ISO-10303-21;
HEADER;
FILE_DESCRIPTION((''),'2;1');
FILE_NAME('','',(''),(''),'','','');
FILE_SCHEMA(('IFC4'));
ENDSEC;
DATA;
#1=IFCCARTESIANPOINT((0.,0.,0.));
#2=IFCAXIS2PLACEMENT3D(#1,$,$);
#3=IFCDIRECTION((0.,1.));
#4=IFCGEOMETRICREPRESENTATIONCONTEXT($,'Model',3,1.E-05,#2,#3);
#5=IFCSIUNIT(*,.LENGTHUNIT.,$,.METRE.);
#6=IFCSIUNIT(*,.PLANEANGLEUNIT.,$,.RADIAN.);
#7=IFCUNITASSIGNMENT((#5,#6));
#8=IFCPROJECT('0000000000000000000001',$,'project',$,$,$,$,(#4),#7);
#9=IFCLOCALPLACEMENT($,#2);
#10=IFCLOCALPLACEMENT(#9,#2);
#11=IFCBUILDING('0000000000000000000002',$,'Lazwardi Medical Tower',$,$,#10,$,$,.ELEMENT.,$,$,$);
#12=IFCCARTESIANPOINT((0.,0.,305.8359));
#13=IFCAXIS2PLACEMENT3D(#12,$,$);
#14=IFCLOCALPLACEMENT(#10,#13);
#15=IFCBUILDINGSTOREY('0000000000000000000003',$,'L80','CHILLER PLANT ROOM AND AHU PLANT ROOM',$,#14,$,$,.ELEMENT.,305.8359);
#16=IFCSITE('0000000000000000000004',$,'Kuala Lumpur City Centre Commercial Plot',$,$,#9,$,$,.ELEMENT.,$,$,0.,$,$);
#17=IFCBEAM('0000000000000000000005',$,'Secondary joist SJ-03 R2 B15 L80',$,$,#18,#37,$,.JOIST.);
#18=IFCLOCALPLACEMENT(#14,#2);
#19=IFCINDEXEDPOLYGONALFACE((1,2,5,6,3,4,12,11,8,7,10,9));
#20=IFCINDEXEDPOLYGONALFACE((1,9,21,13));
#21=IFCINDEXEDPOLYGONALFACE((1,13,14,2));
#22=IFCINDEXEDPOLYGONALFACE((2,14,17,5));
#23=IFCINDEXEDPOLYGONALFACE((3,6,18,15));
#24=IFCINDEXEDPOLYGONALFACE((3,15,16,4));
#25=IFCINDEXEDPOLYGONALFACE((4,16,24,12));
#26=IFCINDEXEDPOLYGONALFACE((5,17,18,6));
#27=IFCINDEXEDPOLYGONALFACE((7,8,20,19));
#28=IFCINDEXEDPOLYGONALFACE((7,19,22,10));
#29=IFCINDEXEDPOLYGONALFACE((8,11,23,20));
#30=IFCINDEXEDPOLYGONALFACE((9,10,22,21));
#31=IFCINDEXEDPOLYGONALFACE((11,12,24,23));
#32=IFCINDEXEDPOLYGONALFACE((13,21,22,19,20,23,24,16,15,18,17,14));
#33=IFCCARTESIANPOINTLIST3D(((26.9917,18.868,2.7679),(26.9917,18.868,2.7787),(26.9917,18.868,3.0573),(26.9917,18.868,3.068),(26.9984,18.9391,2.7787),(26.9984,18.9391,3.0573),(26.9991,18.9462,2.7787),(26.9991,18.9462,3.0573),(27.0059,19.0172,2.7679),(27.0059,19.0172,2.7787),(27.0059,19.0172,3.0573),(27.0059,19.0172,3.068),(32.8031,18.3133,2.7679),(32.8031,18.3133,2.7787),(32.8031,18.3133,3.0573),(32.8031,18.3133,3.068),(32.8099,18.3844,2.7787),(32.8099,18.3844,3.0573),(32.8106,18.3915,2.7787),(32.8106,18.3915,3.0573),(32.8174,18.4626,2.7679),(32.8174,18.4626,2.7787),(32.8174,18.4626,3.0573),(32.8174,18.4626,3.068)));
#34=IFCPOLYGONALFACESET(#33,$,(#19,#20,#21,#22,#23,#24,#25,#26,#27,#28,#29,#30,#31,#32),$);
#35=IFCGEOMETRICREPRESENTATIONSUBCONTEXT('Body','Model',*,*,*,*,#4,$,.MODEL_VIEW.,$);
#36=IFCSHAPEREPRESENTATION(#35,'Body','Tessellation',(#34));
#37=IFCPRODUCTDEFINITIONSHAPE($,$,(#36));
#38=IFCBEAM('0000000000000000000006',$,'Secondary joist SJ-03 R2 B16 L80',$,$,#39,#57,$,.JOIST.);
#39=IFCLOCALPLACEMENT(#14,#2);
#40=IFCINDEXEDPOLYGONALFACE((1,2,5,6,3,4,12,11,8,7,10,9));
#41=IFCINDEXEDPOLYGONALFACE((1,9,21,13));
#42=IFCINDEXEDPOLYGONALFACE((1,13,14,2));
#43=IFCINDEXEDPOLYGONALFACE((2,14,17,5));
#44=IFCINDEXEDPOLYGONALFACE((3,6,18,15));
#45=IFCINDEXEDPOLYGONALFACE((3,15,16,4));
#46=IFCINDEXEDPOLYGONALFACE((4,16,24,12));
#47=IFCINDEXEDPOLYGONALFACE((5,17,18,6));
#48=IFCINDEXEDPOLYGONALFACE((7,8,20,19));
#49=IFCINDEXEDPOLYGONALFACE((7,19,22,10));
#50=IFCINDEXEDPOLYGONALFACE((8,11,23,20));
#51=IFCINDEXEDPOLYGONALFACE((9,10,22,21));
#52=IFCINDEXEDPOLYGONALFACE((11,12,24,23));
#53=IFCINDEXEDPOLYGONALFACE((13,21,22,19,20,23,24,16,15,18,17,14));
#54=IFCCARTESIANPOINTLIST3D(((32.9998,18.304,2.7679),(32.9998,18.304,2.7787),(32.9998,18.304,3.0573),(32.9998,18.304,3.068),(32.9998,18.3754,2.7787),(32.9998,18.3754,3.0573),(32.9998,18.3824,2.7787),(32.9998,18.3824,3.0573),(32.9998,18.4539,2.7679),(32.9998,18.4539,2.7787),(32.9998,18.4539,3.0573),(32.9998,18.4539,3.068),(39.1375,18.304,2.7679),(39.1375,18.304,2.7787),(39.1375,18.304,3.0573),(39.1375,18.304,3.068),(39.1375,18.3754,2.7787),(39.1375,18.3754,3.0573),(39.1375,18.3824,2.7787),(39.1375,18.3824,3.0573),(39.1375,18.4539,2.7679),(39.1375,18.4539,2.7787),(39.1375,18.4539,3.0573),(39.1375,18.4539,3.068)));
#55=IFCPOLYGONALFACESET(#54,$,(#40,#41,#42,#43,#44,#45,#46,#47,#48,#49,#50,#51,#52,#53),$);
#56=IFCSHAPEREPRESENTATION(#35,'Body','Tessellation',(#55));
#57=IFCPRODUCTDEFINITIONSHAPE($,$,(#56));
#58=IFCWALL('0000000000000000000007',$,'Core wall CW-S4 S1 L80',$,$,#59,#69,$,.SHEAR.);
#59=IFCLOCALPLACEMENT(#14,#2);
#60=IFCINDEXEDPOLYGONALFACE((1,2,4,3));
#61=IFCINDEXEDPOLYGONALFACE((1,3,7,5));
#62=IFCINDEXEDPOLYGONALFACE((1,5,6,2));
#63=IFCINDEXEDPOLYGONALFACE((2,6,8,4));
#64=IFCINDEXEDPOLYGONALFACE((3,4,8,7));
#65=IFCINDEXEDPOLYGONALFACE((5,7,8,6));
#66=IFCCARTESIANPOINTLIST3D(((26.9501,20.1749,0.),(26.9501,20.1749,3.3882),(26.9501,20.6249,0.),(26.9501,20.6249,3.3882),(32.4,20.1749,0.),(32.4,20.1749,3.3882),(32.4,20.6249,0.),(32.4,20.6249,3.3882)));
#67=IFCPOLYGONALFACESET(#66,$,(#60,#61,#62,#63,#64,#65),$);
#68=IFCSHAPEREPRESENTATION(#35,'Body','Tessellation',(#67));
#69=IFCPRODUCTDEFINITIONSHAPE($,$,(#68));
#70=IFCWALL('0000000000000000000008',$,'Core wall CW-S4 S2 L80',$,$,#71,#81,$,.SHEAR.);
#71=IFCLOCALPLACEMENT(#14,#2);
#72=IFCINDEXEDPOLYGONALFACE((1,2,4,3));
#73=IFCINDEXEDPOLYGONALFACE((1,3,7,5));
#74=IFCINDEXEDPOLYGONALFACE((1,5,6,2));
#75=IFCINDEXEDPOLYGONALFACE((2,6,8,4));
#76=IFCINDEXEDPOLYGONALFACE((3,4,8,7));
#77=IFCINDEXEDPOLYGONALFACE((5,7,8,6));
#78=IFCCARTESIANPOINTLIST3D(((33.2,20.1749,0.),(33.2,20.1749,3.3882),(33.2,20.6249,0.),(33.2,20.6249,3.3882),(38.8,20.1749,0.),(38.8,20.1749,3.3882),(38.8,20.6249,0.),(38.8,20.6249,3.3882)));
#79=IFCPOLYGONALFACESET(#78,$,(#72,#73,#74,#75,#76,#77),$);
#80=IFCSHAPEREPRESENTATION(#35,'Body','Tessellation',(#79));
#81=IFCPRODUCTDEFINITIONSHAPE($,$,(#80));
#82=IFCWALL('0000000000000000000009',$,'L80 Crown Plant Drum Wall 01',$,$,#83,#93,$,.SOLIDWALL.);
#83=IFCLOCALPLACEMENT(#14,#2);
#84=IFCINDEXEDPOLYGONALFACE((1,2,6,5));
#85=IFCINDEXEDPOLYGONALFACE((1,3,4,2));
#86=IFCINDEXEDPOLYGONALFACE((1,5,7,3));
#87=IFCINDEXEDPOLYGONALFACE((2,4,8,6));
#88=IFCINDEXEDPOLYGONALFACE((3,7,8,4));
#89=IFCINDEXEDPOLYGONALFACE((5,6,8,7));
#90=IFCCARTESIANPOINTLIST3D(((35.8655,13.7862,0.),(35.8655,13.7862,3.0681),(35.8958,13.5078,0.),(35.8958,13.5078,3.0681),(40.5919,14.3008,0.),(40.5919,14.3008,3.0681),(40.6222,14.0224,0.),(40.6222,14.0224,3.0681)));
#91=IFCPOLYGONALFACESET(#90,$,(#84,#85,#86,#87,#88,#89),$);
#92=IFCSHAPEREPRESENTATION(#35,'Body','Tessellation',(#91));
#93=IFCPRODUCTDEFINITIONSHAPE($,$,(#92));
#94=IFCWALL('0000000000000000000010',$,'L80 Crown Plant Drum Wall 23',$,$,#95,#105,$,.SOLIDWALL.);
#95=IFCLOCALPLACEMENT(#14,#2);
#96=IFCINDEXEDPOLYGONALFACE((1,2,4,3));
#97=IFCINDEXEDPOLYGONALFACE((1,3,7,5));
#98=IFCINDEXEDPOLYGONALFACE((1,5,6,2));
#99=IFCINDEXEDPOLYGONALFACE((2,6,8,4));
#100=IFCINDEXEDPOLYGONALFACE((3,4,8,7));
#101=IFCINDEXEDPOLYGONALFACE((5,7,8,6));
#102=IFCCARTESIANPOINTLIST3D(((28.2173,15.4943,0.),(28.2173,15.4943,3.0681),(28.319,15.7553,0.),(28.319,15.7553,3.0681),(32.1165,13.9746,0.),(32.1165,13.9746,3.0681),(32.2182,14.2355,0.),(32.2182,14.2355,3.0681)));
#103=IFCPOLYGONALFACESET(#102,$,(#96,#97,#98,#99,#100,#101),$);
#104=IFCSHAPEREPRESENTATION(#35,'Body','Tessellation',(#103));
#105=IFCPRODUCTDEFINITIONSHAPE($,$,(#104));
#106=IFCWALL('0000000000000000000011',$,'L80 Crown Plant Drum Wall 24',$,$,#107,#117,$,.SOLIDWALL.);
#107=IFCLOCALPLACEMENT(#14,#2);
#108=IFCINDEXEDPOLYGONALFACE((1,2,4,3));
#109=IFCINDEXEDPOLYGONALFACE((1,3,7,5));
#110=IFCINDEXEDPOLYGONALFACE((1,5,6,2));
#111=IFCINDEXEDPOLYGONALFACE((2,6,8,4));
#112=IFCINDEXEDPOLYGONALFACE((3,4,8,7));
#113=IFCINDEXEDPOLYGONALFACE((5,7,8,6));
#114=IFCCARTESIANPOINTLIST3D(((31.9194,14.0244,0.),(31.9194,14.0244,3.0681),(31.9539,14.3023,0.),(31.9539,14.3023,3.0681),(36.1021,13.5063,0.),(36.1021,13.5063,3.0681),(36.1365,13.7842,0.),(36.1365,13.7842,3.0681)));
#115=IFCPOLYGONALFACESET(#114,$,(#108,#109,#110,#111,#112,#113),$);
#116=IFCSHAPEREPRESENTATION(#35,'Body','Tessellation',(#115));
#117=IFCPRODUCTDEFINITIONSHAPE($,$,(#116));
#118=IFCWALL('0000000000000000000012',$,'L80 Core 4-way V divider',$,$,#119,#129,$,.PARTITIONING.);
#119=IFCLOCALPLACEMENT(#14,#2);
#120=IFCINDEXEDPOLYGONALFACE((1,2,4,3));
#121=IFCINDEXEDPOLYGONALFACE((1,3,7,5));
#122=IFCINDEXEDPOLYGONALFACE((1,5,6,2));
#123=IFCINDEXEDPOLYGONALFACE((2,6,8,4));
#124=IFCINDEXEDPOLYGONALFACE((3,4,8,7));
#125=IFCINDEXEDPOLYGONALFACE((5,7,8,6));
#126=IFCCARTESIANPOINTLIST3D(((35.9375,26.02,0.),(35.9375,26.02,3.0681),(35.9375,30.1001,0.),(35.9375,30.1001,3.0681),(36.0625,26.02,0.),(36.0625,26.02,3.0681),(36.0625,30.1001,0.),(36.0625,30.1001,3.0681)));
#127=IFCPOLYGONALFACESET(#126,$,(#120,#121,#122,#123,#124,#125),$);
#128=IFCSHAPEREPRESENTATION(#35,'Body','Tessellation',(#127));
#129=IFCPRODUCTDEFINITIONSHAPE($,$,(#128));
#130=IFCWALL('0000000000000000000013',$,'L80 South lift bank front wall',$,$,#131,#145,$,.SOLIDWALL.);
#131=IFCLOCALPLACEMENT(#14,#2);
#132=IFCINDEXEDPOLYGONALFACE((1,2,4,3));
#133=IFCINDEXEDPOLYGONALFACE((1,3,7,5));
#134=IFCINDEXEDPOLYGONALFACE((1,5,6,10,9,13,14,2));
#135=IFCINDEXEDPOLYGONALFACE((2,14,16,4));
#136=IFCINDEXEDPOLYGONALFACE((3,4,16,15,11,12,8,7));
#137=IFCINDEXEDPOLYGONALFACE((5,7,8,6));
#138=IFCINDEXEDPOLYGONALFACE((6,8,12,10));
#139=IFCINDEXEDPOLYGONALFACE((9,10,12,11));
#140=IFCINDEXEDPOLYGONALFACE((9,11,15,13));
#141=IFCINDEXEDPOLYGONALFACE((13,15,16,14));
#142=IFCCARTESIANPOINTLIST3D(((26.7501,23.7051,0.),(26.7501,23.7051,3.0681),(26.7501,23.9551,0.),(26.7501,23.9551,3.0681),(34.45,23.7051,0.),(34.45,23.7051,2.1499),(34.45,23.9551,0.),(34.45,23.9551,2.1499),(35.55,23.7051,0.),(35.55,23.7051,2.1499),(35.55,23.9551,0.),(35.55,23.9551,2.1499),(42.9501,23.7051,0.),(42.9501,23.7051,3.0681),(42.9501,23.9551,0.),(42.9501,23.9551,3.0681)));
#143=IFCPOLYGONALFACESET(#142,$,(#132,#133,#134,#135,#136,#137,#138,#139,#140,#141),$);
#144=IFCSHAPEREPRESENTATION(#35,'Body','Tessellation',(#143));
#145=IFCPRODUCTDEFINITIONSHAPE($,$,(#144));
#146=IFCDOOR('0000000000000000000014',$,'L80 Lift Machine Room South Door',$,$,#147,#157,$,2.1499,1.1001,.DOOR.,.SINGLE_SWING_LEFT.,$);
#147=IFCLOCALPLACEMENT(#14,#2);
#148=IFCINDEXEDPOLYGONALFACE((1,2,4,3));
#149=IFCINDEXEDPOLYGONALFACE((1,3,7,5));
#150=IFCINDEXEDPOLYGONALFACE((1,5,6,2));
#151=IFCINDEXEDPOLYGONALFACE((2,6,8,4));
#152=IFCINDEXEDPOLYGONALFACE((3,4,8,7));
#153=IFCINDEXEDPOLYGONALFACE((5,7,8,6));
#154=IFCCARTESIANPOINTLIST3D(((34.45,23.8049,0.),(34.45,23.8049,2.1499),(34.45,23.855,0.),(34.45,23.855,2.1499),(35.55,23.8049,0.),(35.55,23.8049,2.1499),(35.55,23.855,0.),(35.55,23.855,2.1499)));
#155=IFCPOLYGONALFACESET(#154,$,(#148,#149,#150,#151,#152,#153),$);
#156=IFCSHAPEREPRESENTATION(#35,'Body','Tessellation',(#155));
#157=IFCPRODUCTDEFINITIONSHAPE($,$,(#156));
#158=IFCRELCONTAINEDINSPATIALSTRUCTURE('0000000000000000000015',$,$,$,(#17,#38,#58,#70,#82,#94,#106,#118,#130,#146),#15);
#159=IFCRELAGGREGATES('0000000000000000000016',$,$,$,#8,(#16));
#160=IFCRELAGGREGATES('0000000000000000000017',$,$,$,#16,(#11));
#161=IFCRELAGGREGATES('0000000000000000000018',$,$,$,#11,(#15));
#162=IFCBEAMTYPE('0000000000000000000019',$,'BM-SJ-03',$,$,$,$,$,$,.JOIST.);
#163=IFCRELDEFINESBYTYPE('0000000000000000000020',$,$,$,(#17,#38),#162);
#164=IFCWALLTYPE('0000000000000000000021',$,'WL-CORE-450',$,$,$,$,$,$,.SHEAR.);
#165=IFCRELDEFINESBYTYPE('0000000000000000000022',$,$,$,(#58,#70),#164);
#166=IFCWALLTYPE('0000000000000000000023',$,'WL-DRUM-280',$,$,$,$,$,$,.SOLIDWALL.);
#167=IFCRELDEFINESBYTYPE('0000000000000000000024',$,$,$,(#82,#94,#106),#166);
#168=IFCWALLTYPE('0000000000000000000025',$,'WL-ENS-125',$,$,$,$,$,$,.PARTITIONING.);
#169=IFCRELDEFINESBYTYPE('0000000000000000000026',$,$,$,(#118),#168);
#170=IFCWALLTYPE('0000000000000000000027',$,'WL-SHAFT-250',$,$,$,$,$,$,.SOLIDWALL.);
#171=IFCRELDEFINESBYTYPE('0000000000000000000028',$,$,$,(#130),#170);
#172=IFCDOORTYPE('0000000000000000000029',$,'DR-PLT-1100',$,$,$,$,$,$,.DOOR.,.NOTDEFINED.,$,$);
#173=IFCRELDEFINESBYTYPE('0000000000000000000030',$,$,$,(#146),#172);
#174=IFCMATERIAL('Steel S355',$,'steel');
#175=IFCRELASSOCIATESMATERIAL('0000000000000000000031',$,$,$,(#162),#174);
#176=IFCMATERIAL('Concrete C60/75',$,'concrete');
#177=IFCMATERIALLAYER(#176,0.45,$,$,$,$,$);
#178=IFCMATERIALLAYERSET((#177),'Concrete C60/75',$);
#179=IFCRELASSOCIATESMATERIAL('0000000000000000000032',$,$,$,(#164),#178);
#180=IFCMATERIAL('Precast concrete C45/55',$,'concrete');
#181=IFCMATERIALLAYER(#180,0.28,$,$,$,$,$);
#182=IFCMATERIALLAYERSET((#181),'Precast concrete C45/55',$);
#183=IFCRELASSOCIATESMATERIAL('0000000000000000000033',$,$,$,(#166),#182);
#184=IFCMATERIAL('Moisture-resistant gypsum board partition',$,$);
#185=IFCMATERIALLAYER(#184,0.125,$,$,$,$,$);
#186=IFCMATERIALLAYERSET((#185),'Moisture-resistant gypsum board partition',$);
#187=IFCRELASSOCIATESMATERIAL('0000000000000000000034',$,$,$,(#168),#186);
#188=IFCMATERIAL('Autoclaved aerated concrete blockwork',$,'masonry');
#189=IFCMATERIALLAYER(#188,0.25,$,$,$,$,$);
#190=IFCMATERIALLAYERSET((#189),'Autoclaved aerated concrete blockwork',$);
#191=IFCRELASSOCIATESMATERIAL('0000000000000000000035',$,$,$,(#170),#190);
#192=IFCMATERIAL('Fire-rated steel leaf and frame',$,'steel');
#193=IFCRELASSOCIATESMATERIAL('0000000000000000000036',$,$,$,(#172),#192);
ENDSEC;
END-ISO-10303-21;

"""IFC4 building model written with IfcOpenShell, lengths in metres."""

from ifc_helpers import new_model, si_unit, direction, frame, frame_2d, origin, origin_2d, place, context, subcontext, project, spatial, rectangle, i_section, extrude, material, layer, layer_set, material_profile, profile_set, type_object, element, fill, save


model = new_model("IFC4")

# Units and contexts
model_context = context("Model", 3, precision=1e-05, world=origin(), true_north=direction((0.0, 1.0)))
body_context = subcontext(model_context, "Body", "Model", "MODEL_VIEW")
ifc_project = project(units=[si_unit("LENGTHUNIT", "METRE"), si_unit("PLANEANGLEUNIT", "RADIAN")], contexts=[model_context])

# Site, building, storey
site_placement = place(None, origin())
site = spatial("IfcSite", under=ifc_project, at=site_placement, Name="Kuala Lumpur City Centre Commercial Plot", CompositionType="ELEMENT", RefElevation=0.0)
building_placement = place(site_placement, origin())
building = spatial("IfcBuilding", under=site, at=building_placement, Name="Lazwardi Medical Tower", CompositionType="ELEMENT")
storey_placement = place(building_placement, frame((0.0, 0.0, 305.8359)))
storey = spatial("IfcBuildingStorey", under=building, at=storey_placement, Name="L80", Description="CHILLER PLANT ROOM AND AHU PLANT ROOM", CompositionType="ELEMENT", Elevation=305.8359)

# Shared definitions
ifc_material_1 = material(Name="Concrete C60/75", Category="concrete")

# Beams
ifc_material_2 = material(Name="Steel S355", Category="steel")
ifc_material_profile_1 = material_profile(ifc_material_2, i_section(OverallWidth=0.1499, OverallDepth=0.3, WebThickness=0.0071, FlangeThickness=0.0107, at=origin_2d()), Name="IPE 300")
ifc_profile_set_1 = profile_set([ifc_material_profile_1], Name="Steel S355")
beam_type_1 = type_object("IfcBeamType", Name="BM-SJ-03", PredefinedType="JOIST", material=ifc_profile_set_1)
beam_1_placement = place(storey_placement, frame((26.9988, 18.9426, 2.918), z_axis=(0.995476, -0.095014, 0.0), x_axis=(0.095014, 0.995476, 0.0)))
element("IfcBeam", 1, at=beam_1_placement, inside=storey, type_object=beam_type_1, Name="Secondary joist SJ-03 R2 B15 L80", PredefinedType="JOIST", context=body_context, shape_type="SweptSolid", body=[
    extrude(i_section(OverallWidth=0.1499, OverallDepth=0.3, WebThickness=0.0071, FlangeThickness=0.0107, at=origin_2d()), origin(), (0.0, 0.0, 1.0), 5.8379),
])
beam_2_placement = place(storey_placement, frame((32.9998, 18.3789, 2.918), z_axis=(1.0, 0.0, 0.0), x_axis=(0.0, 1.0, 0.0)))
element("IfcBeam", 2, at=beam_2_placement, inside=storey, type_object=beam_type_1, Name="Secondary joist SJ-03 R2 B16 L80", PredefinedType="JOIST", context=body_context, shape_type="SweptSolid", body=[
    extrude(i_section(OverallWidth=0.1499, OverallDepth=0.3, WebThickness=0.0071, FlangeThickness=0.0107, at=origin_2d()), origin(), (0.0, 0.0, 1.0), 6.1377),
])

# Walls
ifc_layer_1 = layer(ifc_material_1, 0.45)
ifc_layer_set_1 = layer_set([ifc_layer_1], Name="Concrete C60/75")
wall_type_1 = type_object("IfcWallType", Name="WL-CORE-450", PredefinedType="SHEAR", material=ifc_layer_set_1)
wall_1_placement = place(storey_placement, frame((26.95, 20.3999, 0.0), z_axis=(0.0, 0.0, 1.0), x_axis=(1.0, 0.0, 0.0)))
element("IfcWall", 3, at=wall_1_placement, inside=storey, type_object=wall_type_1, Name="Core wall CW-S4 S1 L80", PredefinedType="SHEAR", context=body_context, shape_type="SweptSolid", body=[
    extrude(rectangle(XDim=5.45, YDim=0.45, at=frame_2d((2.7251, 0.0))), origin(), (0.0, 0.0, 1.0), 3.3882),
])
wall_2_placement = place(storey_placement, frame((33.2, 20.3999, 0.0), z_axis=(0.0, 0.0, 1.0), x_axis=(1.0, 0.0, 0.0)))
element("IfcWall", 4, at=wall_2_placement, inside=storey, type_object=wall_type_1, Name="Core wall CW-S4 S2 L80", PredefinedType="SHEAR", context=body_context, shape_type="SweptSolid", body=[
    extrude(rectangle(XDim=5.6001, YDim=0.45, at=frame_2d((2.8, 0.0))), origin(), (0.0, 0.0, 1.0), 3.3882),
])
ifc_material_3 = material(Name="Precast concrete C45/55", Category="concrete")
ifc_layer_2 = layer(ifc_material_3, 0.28)
ifc_layer_set_2 = layer_set([ifc_layer_2], Name="Precast concrete C45/55")
wall_type_2 = type_object("IfcWallType", Name="WL-DRUM-280", PredefinedType="SOLIDWALL", material=ifc_layer_set_2)
wall_3_placement = place(storey_placement, frame((35.8806, 13.647, 0.0), z_axis=(0.0, 0.0, 1.0), x_axis=(0.994124, 0.108245, 0.0)))
element("IfcWall", 5, at=wall_3_placement, inside=storey, type_object=wall_type_2, Name="L80 Crown Plant Drum Wall 01", PredefinedType="SOLIDWALL", context=body_context, shape_type="SweptSolid", body=[
    extrude(rectangle(XDim=4.7544, YDim=0.28, at=frame_2d((2.3772, 0.0))), origin(), (0.0, 0.0, 1.0), 3.0681),
])
wall_4_placement = place(storey_placement, frame((28.2683, 15.6248, 0.0), z_axis=(0.0, 0.0, 1.0), x_axis=(0.931727, -0.363158, 0.0)))
element("IfcWall", 6, at=wall_4_placement, inside=storey, type_object=wall_type_2, Name="L80 Crown Plant Drum Wall 23", PredefinedType="SOLIDWALL", context=body_context, shape_type="SweptSolid", body=[
    extrude(rectangle(XDim=4.1848, YDim=0.28, at=frame_2d((2.0923, 0.0))), origin(), (0.0, 0.0, 1.0), 3.0681),
])
wall_5_placement = place(storey_placement, frame((31.9365, 14.1633, 0.0), z_axis=(0.0, 0.0, 1.0), x_axis=(0.992416, -0.122922, 0.0)))
element("IfcWall", 7, at=wall_5_placement, inside=storey, type_object=wall_type_2, Name="L80 Crown Plant Drum Wall 24", PredefinedType="SOLIDWALL", context=body_context, shape_type="SweptSolid", body=[
    extrude(rectangle(XDim=4.2146, YDim=0.28, at=frame_2d((2.1074, 0.0))), origin(), (0.0, 0.0, 1.0), 3.0681),
])
ifc_material_4 = material(Name="Moisture-resistant gypsum board partition")
ifc_layer_3 = layer(ifc_material_4, 0.125)
ifc_layer_set_3 = layer_set([ifc_layer_3], Name="Moisture-resistant gypsum board partition")
wall_type_3 = type_object("IfcWallType", Name="WL-ENS-125", PredefinedType="PARTITIONING", material=ifc_layer_set_3)
wall_6_placement = place(storey_placement, frame((36.0, 26.02, 0.0), z_axis=(0.0, 0.0, 1.0), x_axis=(0.0, 1.0, 0.0)))
element("IfcWall", 8, at=wall_6_placement, inside=storey, type_object=wall_type_3, Name="L80 Core 4-way V divider", PredefinedType="PARTITIONING", context=body_context, shape_type="SweptSolid", body=[
    extrude(rectangle(XDim=4.0801, YDim=0.125, at=frame_2d((2.04, 0.0))), origin(), (0.0, 0.0, 1.0), 3.0681),
])

# Wall, opening, door
ifc_material_5 = material(Name="Autoclaved aerated concrete blockwork", Category="masonry")
ifc_layer_4 = layer(ifc_material_5, 0.25)
ifc_layer_set_4 = layer_set([ifc_layer_4], Name="Autoclaved aerated concrete blockwork")
wall_type_4 = type_object("IfcWallType", Name="WL-SHAFT-250", PredefinedType="SOLIDWALL", material=ifc_layer_set_4)
wall_7_placement = place(storey_placement, frame((26.75, 23.8301, 0.0), z_axis=(0.0, 0.0, 1.0), x_axis=(1.0, 0.0, 0.0)))
wall_7 = element("IfcWall", 9, at=wall_7_placement, inside=storey, type_object=wall_type_4, Name="L80 South lift bank front wall", PredefinedType="SOLIDWALL", context=body_context, shape_type="SweptSolid", body=[
    extrude(rectangle(XDim=16.2, YDim=0.25, at=frame_2d((8.1001, 0.0))), origin(), (0.0, 0.0, 1.0), 3.0681),
])
opening_1_placement = place(wall_7_placement, frame((7.7, 0.0, 0.0)))
opening_1 = element("IfcOpeningElement", 10, at=opening_1_placement, cuts=wall_7, PredefinedType="OPENING", context=body_context, shape_type="SweptSolid", body=[
    extrude(rectangle(XDim=1.1001, YDim=2.1499, at=frame_2d((0.55, 1.075))), frame((0.0, 0.135, 0.0), z_axis=(0.0, -1.0, 0.0), x_axis=(1.0, 0.0, 0.0)), (0.0, 0.0, 1.0), 0.27),
])
ifc_material_6 = material(Name="Fire-rated steel leaf and frame", Category="steel")
door_type_1 = type_object("IfcDoorType", Name="DR-PLT-1100", OperationType="NOTDEFINED", PredefinedType="DOOR", material=ifc_material_6)
door_1_placement = place(opening_1_placement, origin())
door_1 = element("IfcDoor", 11, at=door_1_placement, inside=storey, type_object=door_type_1, Name="L80 Lift Machine Room South Door", OperationType="SINGLE_SWING_LEFT", OverallHeight=2.1499, OverallWidth=1.1001, PredefinedType="DOOR", context=body_context, shape_type="SweptSolid", body=[
    extrude(rectangle(XDim=1.1001, YDim=2.1499, at=frame_2d((0.55, 1.075))), frame((0.0, 0.0249, 0.0), z_axis=(0.0, -1.0, 0.0), x_axis=(1.0, 0.0, 0.0)), (0.0, 0.0, 1.0), 0.05),
])
fill(opening_1, door_1)

save(model, "model.ifc")
